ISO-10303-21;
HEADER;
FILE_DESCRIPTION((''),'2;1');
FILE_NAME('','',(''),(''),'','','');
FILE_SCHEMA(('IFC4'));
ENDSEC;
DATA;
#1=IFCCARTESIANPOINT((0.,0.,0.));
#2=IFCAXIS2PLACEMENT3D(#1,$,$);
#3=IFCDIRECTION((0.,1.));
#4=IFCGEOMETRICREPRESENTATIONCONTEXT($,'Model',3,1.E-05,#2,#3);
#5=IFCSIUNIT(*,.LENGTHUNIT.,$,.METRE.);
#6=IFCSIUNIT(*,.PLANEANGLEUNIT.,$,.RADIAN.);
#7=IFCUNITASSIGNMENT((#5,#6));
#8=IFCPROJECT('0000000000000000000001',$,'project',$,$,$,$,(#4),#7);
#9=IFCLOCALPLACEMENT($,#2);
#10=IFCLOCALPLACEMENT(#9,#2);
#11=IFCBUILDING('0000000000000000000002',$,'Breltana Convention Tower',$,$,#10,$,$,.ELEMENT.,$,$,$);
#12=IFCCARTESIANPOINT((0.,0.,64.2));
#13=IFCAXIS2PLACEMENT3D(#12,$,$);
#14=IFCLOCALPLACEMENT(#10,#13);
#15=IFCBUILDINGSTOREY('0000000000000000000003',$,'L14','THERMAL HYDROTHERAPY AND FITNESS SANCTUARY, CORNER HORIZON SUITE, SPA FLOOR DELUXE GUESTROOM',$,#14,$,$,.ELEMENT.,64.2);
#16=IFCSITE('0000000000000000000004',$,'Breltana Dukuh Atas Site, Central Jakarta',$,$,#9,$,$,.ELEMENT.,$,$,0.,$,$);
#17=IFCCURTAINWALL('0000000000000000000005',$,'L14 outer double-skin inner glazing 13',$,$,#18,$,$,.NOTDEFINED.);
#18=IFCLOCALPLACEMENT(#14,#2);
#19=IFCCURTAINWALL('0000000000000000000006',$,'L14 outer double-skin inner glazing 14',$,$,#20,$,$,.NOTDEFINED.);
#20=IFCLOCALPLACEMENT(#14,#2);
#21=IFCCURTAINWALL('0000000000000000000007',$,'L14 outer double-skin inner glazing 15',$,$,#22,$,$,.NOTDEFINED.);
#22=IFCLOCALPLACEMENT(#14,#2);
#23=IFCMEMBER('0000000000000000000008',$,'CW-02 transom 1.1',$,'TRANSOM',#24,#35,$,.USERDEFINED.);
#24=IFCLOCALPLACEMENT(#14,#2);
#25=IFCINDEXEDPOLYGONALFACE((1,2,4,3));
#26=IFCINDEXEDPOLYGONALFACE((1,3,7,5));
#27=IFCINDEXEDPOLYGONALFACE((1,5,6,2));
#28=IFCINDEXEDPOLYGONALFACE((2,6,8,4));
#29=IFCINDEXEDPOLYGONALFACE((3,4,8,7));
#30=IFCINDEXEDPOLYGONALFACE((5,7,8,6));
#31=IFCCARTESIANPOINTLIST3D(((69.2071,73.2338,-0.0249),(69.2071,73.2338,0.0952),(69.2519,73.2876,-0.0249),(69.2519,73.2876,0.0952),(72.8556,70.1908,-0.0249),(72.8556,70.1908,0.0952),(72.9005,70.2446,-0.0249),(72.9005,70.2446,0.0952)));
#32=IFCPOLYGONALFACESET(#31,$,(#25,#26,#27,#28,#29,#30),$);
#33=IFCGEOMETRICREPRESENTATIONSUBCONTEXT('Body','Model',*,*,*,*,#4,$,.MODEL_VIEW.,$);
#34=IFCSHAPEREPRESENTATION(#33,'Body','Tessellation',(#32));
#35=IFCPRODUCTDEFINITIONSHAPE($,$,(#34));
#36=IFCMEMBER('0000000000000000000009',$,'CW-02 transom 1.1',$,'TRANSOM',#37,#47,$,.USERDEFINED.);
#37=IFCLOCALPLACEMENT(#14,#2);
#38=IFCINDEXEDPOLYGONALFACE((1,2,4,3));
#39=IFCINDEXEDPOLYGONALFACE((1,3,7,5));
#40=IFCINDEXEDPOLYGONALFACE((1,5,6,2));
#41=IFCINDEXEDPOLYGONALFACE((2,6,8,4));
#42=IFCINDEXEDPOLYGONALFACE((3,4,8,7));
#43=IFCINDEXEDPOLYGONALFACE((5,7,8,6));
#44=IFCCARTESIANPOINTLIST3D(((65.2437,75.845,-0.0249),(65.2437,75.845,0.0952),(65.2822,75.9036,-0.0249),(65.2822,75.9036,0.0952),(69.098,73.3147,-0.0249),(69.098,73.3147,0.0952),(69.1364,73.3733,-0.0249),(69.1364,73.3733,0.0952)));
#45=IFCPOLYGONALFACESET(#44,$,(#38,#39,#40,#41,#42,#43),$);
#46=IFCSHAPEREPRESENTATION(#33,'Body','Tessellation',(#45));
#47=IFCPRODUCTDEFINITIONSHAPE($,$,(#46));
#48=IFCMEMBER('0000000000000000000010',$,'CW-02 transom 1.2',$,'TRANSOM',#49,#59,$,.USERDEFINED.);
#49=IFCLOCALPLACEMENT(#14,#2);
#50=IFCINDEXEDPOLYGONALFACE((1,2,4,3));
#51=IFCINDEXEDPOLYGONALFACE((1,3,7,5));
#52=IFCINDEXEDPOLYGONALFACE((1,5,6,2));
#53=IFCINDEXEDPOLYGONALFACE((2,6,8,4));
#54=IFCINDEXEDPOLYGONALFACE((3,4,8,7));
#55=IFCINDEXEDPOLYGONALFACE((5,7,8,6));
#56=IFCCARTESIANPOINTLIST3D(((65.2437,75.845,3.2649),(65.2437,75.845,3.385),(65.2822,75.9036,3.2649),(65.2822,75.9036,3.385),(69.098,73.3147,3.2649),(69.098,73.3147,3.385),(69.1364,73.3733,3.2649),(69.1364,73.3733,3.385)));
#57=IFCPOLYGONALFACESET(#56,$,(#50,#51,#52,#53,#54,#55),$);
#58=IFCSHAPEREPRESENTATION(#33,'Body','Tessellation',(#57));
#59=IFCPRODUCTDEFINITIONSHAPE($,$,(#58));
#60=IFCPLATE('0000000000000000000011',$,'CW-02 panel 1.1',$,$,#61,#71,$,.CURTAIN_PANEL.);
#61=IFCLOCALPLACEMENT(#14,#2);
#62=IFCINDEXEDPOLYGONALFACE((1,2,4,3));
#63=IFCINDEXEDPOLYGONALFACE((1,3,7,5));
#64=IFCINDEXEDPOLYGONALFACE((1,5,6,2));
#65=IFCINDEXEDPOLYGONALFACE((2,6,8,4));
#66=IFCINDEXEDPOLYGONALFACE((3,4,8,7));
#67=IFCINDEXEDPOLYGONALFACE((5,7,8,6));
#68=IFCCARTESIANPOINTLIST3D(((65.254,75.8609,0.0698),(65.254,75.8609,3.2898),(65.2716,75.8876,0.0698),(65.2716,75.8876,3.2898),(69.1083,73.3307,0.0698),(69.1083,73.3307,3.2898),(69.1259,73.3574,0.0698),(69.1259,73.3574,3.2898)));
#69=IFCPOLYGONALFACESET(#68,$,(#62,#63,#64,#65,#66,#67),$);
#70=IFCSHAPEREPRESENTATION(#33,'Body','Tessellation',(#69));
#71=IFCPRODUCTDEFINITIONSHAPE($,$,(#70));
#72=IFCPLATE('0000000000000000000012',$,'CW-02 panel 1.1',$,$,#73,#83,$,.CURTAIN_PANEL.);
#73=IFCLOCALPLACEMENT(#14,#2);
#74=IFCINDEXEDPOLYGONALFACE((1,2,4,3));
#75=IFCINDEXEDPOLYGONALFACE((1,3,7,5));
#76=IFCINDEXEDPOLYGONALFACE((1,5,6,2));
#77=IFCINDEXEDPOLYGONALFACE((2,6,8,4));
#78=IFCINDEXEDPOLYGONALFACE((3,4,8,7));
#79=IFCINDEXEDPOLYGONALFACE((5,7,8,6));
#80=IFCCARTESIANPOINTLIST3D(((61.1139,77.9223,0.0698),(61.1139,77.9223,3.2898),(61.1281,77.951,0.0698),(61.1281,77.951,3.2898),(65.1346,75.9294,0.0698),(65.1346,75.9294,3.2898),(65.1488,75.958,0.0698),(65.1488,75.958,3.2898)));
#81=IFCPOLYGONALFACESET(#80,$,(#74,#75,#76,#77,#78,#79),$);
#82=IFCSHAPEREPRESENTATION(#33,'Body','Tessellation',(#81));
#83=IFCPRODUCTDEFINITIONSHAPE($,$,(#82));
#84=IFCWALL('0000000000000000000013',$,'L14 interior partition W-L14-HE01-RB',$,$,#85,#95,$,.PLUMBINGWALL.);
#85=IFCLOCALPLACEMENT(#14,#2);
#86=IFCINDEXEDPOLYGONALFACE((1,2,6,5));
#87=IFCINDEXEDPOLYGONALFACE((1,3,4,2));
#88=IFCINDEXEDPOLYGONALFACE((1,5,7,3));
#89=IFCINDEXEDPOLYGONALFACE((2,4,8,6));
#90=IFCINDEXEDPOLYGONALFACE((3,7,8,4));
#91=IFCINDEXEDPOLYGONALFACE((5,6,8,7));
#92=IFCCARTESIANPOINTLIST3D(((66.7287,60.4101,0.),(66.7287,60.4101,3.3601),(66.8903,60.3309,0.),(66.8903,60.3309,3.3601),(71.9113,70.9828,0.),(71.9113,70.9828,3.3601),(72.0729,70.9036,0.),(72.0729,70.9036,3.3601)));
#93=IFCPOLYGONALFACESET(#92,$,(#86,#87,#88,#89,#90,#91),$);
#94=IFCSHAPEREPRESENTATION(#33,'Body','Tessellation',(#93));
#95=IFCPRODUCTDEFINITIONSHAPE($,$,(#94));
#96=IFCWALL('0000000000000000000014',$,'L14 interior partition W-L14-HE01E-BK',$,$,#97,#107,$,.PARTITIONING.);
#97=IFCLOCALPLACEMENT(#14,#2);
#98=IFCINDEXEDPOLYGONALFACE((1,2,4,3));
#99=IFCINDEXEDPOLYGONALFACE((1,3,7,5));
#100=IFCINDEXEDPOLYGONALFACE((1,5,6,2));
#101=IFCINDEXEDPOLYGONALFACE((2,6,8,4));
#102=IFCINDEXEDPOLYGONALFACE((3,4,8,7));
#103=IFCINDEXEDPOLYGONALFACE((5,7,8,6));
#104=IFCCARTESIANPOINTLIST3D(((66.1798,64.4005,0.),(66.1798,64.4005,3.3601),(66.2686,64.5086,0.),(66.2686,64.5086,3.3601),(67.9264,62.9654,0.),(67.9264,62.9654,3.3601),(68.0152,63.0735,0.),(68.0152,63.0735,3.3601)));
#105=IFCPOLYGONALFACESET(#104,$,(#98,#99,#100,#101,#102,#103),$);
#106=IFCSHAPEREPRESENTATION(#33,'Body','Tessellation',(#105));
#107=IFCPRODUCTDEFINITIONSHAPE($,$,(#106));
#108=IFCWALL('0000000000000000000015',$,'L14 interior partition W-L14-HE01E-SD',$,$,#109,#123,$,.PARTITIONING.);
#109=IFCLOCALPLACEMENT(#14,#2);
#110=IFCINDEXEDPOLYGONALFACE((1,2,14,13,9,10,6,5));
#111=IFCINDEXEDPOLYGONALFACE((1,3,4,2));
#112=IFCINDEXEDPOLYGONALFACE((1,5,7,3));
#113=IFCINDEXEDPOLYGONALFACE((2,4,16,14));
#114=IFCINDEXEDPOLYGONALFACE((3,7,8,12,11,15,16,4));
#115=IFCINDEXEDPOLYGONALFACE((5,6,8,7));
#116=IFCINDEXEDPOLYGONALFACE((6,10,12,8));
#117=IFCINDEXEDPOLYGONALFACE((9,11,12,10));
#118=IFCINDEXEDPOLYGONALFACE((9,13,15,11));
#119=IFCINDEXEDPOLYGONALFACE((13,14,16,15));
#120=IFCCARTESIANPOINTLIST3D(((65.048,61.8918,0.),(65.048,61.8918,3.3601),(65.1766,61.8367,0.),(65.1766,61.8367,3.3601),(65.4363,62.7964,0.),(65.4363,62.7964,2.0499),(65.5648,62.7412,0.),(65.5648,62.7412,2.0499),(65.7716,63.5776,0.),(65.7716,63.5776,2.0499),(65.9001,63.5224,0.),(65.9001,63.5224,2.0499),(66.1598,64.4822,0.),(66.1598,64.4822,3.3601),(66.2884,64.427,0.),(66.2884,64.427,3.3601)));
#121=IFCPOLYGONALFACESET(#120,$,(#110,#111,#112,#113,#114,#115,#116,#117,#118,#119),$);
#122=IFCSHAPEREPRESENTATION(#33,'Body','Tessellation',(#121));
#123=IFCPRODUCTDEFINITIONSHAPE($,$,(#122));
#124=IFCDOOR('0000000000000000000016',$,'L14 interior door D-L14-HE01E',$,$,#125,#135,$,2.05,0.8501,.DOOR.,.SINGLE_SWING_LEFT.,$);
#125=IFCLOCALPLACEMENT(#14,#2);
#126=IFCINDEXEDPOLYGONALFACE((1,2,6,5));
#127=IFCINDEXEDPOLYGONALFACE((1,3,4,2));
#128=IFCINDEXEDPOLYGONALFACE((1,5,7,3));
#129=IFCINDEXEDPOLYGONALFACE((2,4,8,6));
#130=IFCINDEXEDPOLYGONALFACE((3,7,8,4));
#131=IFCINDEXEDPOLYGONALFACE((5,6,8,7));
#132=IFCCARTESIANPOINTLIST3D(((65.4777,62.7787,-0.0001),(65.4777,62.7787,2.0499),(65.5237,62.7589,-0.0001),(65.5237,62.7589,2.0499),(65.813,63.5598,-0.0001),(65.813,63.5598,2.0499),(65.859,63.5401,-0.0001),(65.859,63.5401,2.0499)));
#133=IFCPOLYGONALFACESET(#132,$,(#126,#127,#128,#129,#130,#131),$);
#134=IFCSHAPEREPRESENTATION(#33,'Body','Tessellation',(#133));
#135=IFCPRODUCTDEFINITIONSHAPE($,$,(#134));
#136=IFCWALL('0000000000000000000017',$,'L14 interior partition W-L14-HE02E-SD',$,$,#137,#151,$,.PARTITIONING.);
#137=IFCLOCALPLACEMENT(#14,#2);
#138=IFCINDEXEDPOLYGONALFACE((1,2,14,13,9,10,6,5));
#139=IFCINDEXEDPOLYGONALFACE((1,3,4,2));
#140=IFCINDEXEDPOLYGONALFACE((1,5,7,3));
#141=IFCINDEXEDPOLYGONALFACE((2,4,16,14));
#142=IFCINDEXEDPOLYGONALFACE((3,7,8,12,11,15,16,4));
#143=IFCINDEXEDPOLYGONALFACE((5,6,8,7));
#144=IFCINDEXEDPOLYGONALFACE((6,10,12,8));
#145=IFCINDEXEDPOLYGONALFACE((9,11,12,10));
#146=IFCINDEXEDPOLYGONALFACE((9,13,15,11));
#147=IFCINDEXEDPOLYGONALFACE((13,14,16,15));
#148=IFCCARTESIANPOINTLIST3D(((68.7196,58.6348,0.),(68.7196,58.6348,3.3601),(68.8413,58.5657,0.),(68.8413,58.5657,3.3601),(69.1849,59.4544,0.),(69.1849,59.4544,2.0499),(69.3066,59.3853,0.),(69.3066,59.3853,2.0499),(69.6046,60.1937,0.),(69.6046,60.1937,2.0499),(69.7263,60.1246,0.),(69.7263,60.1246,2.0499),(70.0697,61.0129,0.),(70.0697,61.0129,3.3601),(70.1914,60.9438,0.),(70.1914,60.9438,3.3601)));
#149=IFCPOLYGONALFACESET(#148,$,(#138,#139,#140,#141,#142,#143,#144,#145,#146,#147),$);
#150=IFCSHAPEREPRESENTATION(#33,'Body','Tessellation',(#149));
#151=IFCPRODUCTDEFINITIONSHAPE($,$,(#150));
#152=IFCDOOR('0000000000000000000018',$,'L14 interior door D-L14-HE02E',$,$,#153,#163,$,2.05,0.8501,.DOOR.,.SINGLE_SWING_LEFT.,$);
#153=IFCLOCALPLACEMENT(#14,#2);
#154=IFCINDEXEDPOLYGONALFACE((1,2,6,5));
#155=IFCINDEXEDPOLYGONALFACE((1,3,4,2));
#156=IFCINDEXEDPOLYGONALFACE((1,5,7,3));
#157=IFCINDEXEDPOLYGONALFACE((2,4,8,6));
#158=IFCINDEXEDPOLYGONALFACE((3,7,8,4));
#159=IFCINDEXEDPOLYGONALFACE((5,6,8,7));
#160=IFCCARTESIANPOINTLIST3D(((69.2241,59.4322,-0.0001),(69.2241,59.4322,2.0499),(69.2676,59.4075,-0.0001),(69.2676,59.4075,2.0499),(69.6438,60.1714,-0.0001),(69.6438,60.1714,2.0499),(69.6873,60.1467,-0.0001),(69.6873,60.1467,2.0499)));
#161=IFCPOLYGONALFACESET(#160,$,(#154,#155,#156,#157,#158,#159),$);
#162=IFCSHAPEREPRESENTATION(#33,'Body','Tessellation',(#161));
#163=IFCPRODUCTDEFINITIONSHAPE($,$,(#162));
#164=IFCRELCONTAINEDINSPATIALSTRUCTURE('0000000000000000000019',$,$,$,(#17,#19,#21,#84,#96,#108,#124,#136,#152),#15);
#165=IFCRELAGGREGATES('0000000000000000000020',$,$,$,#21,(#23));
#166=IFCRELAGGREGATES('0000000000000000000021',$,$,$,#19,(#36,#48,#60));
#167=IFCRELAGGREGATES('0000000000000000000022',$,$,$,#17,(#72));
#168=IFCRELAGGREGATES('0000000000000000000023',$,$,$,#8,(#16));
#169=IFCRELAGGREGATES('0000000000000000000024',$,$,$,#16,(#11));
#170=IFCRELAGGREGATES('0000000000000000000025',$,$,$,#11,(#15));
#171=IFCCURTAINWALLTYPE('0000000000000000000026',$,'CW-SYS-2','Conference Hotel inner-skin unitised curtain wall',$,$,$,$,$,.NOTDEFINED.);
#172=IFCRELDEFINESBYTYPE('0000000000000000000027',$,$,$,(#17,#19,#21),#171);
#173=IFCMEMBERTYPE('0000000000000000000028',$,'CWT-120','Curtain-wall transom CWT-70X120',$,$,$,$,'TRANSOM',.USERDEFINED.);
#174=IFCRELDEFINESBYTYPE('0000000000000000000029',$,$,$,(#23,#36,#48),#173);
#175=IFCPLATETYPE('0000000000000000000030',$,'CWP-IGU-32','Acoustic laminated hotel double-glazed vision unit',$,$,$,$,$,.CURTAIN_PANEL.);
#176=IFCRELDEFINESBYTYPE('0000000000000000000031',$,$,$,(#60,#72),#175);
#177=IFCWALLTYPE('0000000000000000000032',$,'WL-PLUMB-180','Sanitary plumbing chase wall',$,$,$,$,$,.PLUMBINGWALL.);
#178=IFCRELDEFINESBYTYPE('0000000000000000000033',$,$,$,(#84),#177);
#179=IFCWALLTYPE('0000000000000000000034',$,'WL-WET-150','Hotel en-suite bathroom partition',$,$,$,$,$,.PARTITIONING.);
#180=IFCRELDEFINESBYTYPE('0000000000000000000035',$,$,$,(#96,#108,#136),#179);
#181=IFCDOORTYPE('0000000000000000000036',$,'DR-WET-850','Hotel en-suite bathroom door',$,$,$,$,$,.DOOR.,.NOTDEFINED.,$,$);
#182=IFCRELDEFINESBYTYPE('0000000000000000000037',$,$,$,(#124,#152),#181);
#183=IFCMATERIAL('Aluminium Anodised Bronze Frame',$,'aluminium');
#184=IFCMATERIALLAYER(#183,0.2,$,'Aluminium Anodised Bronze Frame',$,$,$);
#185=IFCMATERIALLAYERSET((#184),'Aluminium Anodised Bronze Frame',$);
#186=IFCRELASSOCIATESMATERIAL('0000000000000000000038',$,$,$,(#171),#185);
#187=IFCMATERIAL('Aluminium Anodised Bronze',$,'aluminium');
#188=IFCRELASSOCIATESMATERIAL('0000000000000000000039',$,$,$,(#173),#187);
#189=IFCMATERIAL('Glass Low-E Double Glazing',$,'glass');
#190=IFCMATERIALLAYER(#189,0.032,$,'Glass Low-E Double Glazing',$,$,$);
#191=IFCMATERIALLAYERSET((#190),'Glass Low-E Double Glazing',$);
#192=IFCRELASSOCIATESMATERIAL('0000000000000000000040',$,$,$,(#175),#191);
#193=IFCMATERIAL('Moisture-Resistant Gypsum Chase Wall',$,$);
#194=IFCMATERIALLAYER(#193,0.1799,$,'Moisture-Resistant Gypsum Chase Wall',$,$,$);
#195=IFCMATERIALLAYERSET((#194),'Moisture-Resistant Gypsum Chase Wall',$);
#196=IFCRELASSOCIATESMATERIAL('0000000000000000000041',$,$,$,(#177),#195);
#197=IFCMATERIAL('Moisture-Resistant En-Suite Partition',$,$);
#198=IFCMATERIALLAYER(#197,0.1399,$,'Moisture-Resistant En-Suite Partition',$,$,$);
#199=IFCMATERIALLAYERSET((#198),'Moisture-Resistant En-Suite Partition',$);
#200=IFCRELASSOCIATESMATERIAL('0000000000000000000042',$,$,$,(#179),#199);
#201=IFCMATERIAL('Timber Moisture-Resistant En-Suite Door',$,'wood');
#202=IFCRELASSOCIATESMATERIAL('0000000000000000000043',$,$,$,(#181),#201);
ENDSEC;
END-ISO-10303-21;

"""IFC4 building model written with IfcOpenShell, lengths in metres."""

from ifc_helpers import new_model, si_unit, direction, frame, frame_2d, origin, origin_2d, place, context, subcontext, project, spatial, rectangle, extrude, source, transform, mapped, material, layer, layer_set, material_profile, profile_set, type_object, type_shapes, element, fill, aggregate, save


model = new_model("IFC4")

# Units and contexts
model_context = context("Model", 3, precision=1e-05, world=origin(), true_north=direction((0.0, 1.0)))
body_context = subcontext(model_context, "Body", "Model", "MODEL_VIEW")
ifc_project = project(units=[si_unit("LENGTHUNIT", "METRE"), si_unit("PLANEANGLEUNIT", "RADIAN")], contexts=[model_context])

# Site, building, storey
site_placement = place(None, origin())
site = spatial("IfcSite", under=ifc_project, at=site_placement, Name="Breltana Dukuh Atas Site, Central Jakarta", CompositionType="ELEMENT", RefElevation=0.0)
building_placement = place(site_placement, origin())
building = spatial("IfcBuilding", under=site, at=building_placement, Name="Breltana Convention Tower", CompositionType="ELEMENT")
storey_placement = place(building_placement, frame((0.0, 0.0, 64.2)))
storey = spatial("IfcBuildingStorey", under=building, at=storey_placement, Name="L14", Description="THERMAL HYDROTHERAPY AND FITNESS SANCTUARY, CORNER HORIZON SUITE, SPA FLOOR DELUXE GUESTROOM", CompositionType="ELEMENT", Elevation=64.2)

# Curtain wall
ifc_material_1 = material(Name="Aluminium Anodised Bronze Frame", Category="aluminium")
ifc_layer_1 = layer(ifc_material_1, 0.2, Name="Aluminium Anodised Bronze Frame")
ifc_layer_set_1 = layer_set([ifc_layer_1], Name="Aluminium Anodised Bronze Frame")
curtain_wall_type = type_object("IfcCurtainWallType", Name="CW-SYS-2", Description="Conference Hotel inner-skin unitised curtain wall", PredefinedType="NOTDEFINED", material=ifc_layer_set_1)
curtain_wall_1_placement = place(storey_placement, origin())
curtain_wall_1 = element("IfcCurtainWall", 1, at=curtain_wall_1_placement, inside=storey, type_object=curtain_wall_type, Name="L14 outer double-skin inner glazing 13", PredefinedType="NOTDEFINED")
ifc_material_2 = material(Name="Aluminium Anodised Bronze", Category="aluminium")

# Curtain walls, member
curtain_wall_2_placement = place(storey_placement, origin())
curtain_wall_2 = element("IfcCurtainWall", 2, at=curtain_wall_2_placement, inside=storey, type_object=curtain_wall_type, Name="L14 outer double-skin inner glazing 14", PredefinedType="NOTDEFINED")
curtain_wall_3_placement = place(storey_placement, origin())
curtain_wall_3 = element("IfcCurtainWall", 3, at=curtain_wall_3_placement, inside=storey, type_object=curtain_wall_type, Name="L14 outer double-skin inner glazing 15", PredefinedType="NOTDEFINED")
ifc_material_profile_1 = material_profile(ifc_material_2, rectangle(XDim=0.0701, YDim=0.1201, at=origin_2d()), Name="CWT-70X120")
ifc_profile_set_1 = profile_set([ifc_material_profile_1], Name="Aluminium Anodised Bronze")
member_type_1 = type_object("IfcMemberType", Name="CWT-120", Description="Curtain-wall transom CWT-70X120", ElementType="TRANSOM", PredefinedType="USERDEFINED", material=ifc_profile_set_1)
shared_shape_1 = source(origin(), body_context, "Body", "SweptSolid", [
    extrude(rectangle(XDim=0.0701, YDim=0.1201, at=origin_2d()), origin(), (0.0, 0.0, 1.0), 4.751),
])
member_1_placement = place(storey_placement, frame((69.2295, 73.2607, 0.0352), z_axis=(0.767952, -0.640508, 0.0), x_axis=(0.640508, 0.767952, 0.0)))
member_1 = element("IfcMember", 4, at=member_1_placement, type_object=member_type_1, Name="CW-02 transom 1.1", ObjectType="TRANSOM", PredefinedType="USERDEFINED", context=body_context, shape_type="MappedRepresentation", body=[
    mapped(shared_shape_1, transform((0.0, 0.0, 0.0), scale=1.0)),
])
aggregate(curtain_wall_3, [member_1])

# Members
shared_shape_2 = source(origin(), body_context, "Body", "SweptSolid", [
    extrude(rectangle(XDim=0.0701, YDim=0.1201, at=origin_2d()), origin(), (0.0, 0.0, 1.0), 4.6106),
])
member_2_placement = place(storey_placement, frame((65.2629, 75.8743, 0.0352), z_axis=(0.835956, -0.548796, 0.0), x_axis=(0.548796, 0.835956, 0.0)))
member_2 = element("IfcMember", 5, at=member_2_placement, type_object=member_type_1, Name="CW-02 transom 1.1", ObjectType="TRANSOM", PredefinedType="USERDEFINED", context=body_context, shape_type="MappedRepresentation", body=[
    mapped(shared_shape_2, transform((0.0, 0.0, 0.0), scale=1.0)),
])
member_3_placement = place(storey_placement, frame((65.2629, 75.8743, 3.325), z_axis=(0.835956, -0.548796, 0.0), x_axis=(0.548796, 0.835956, 0.0)))
member_3 = element("IfcMember", 6, at=member_3_placement, type_object=member_type_1, Name="CW-02 transom 1.2", ObjectType="TRANSOM", PredefinedType="USERDEFINED", context=body_context, shape_type="MappedRepresentation", body=[
    mapped(shared_shape_2, transform((0.0, 0.0, 0.0), scale=1.0)),
])

# Plates
ifc_material_3 = material(Name="Glass Low-E Double Glazing", Category="glass")
ifc_layer_2 = layer(ifc_material_3, 0.032, Name="Glass Low-E Double Glazing")
ifc_layer_set_2 = layer_set([ifc_layer_2], Name="Glass Low-E Double Glazing")
plate_type = type_object("IfcPlateType", Name="CWP-IGU-32", Description="Acoustic laminated hotel double-glazed vision unit", PredefinedType="CURTAIN_PANEL", material=ifc_layer_set_2)
shared_shape_3 = source(origin(), body_context, "Body", "SweptSolid", [
    extrude(rectangle(XDim=4.6106, YDim=0.032, at=origin_2d()), origin(), (0.0, 0.0, 1.0), 3.22),
])
plate_1_placement = place(storey_placement, frame((67.1899, 74.6091, 0.0698), z_axis=(0.0, 0.0, 1.0), x_axis=(0.835964, -0.548784, 0.0)))
plate_1 = element("IfcPlate", 7, at=plate_1_placement, type_object=plate_type, Name="CW-02 panel 1.1", PredefinedType="CURTAIN_PANEL", context=body_context, shape_type="MappedRepresentation", body=[
    mapped(shared_shape_3, transform((0.0, 0.0, 0.0), scale=1.0)),
])
aggregate(curtain_wall_2, [member_2, member_3, plate_1])
shared_shape_4 = source(origin(), body_context, "Body", "SweptSolid", [
    extrude(rectangle(XDim=4.4875, YDim=0.032, at=origin_2d()), origin(), (0.0, 0.0, 1.0), 3.22),
])
plate_2_placement = place(storey_placement, frame((63.1313, 76.9402, 0.0698), z_axis=(0.0, 0.0, 1.0), x_axis=(0.895973, -0.444108, 0.0)))
plate_2 = element("IfcPlate", 8, at=plate_2_placement, type_object=plate_type, Name="CW-02 panel 1.1", PredefinedType="CURTAIN_PANEL", context=body_context, shape_type="MappedRepresentation", body=[
    mapped(shared_shape_4, transform((0.0, 0.0, 0.0), scale=1.0)),
])
aggregate(curtain_wall_1, [plate_2])

# Walls
ifc_material_4 = material(Name="Moisture-Resistant Gypsum Chase Wall")
ifc_layer_3 = layer(ifc_material_4, 0.1799, Name="Moisture-Resistant Gypsum Chase Wall")
ifc_layer_set_3 = layer_set([ifc_layer_3], Name="Moisture-Resistant Gypsum Chase Wall")
wall_type_1 = type_object("IfcWallType", Name="WL-PLUMB-180", Description="Sanitary plumbing chase wall", PredefinedType="PLUMBINGWALL", material=ifc_layer_set_3)
shared_shape_5 = source(origin(), body_context, "Body", "SweptSolid", [
    extrude(rectangle(XDim=11.7747, YDim=0.1799, at=frame_2d((5.8872, 0.0))), origin(), (0.0, 0.0, 1.0), 3.3601),
])
wall_1_placement = place(storey_placement, frame((66.8096, 60.3706, 0.0), z_axis=(0.0, 0.0, 1.0), x_axis=(0.44015, 0.897924, 0.0)))
element("IfcWall", 9, at=wall_1_placement, inside=storey, type_object=wall_type_1, Name="L14 interior partition W-L14-HE01-RB", PredefinedType="PLUMBINGWALL", context=body_context, shape_type="MappedRepresentation", body=[
    mapped(shared_shape_5, transform((0.0, 0.0, 0.0), scale=1.0)),
])
ifc_material_5 = material(Name="Moisture-Resistant En-Suite Partition")
ifc_layer_4 = layer(ifc_material_5, 0.1399, Name="Moisture-Resistant En-Suite Partition")
ifc_layer_set_4 = layer_set([ifc_layer_4], Name="Moisture-Resistant En-Suite Partition")
wall_type_2 = type_object("IfcWallType", Name="WL-WET-150", Description="Hotel en-suite bathroom partition", PredefinedType="PARTITIONING", material=ifc_layer_set_4)
shared_shape_6 = source(origin(), body_context, "Body", "SweptSolid", [
    extrude(rectangle(XDim=2.2605, YDim=0.1399, at=frame_2d((1.1304, 0.0))), origin(), (0.0, 0.0, 1.0), 3.3601),
])
wall_2_placement = place(storey_placement, frame((66.2241, 64.4546, 0.0), z_axis=(0.0, 0.0, 1.0), x_axis=(0.772647, -0.634836, 0.0)))
element("IfcWall", 10, at=wall_2_placement, inside=storey, type_object=wall_type_2, Name="L14 interior partition W-L14-HE01E-BK", PredefinedType="PARTITIONING", context=body_context, shape_type="MappedRepresentation", body=[
    mapped(shared_shape_6, transform((0.0, 0.0, 0.0), scale=1.0)),
])

# Walls, openings, doors
shared_shape_7 = source(origin(), body_context, "Body", "SweptSolid", [
    extrude(rectangle(XDim=2.8188, YDim=0.1399, at=frame_2d((1.4094, 0.0))), origin(), (0.0, 0.0, 1.0), 3.3601),
])
wall_3_placement = place(storey_placement, frame((65.1123, 61.8643, 0.0), z_axis=(0.0, 0.0, 1.0), x_axis=(0.394421, 0.91893, 0.0)))
wall_3 = element("IfcWall", 11, at=wall_3_placement, inside=storey, type_object=wall_type_2, Name="L14 interior partition W-L14-HE01E-SD", PredefinedType="PARTITIONING", context=body_context, shape_type="MappedRepresentation", body=[
    mapped(shared_shape_7, transform((0.0, 0.0, 0.0), scale=1.0)),
])
opening_1_placement = place(wall_3_placement, frame((0.9844, 0.0, 0.0)))
opening_1 = element("IfcOpeningElement", 12, at=opening_1_placement, cuts=wall_3, PredefinedType="OPENING", context=body_context, shape_type="SweptSolid", body=[
    extrude(rectangle(XDim=0.8501, YDim=2.05, at=frame_2d((0.425, 1.0249))), frame((0.0, 0.0801, 0.0), z_axis=(0.0, -1.0, 0.0), x_axis=(1.0, 0.0, 0.0)), (0.0, 0.0, 1.0), 0.1599),
])
ifc_material_6 = material(Name="Timber Moisture-Resistant En-Suite Door", Category="wood")
door_type_1 = type_object("IfcDoorType", Name="DR-WET-850", Description="Hotel en-suite bathroom door", OperationType="NOTDEFINED", PredefinedType="DOOR", material=ifc_material_6)
shared_shape_8 = source(origin(), body_context, "Body", "SweptSolid", [
    extrude(rectangle(XDim=0.8501, YDim=2.05, at=frame_2d((0.425, 1.0249))), frame((0.0, 0.0249, 0.0), z_axis=(0.0, -1.0, 0.0), x_axis=(1.0, 0.0, 0.0)), (0.0, 0.0, 1.0), 0.05),
])
type_shapes(door_type_1, [shared_shape_8])
door_1_placement = place(opening_1_placement, origin())
door_1 = element("IfcDoor", 13, at=door_1_placement, inside=storey, type_object=door_type_1, Name="L14 interior door D-L14-HE01E", OperationType="SINGLE_SWING_LEFT", OverallHeight=2.05, OverallWidth=0.8501, PredefinedType="DOOR", context=body_context, shape_type="MappedRepresentation", body=[
    mapped(shared_shape_8, transform((0.0, 0.0, 0.0), scale=1.0)),
])
fill(opening_1, door_1)
shared_shape_9 = source(origin(), body_context, "Body", "SweptSolid", [
    extrude(rectangle(XDim=2.7346, YDim=0.1399, at=frame_2d((1.3672, 0.0))), origin(), (0.0, 0.0, 1.0), 3.3601),
])
wall_4_placement = place(storey_placement, frame((68.7805, 58.6003, 0.0), z_axis=(0.0, 0.0, 1.0), x_axis=(0.493695, 0.869635, 0.0)))
wall_4 = element("IfcWall", 14, at=wall_4_placement, inside=storey, type_object=wall_type_2, Name="L14 interior partition W-L14-HE02E-SD", PredefinedType="PARTITIONING", context=body_context, shape_type="MappedRepresentation", body=[
    mapped(shared_shape_9, transform((0.0, 0.0, 0.0), scale=1.0)),
])
opening_2_placement = place(wall_4_placement, frame((0.9424, 0.0, 0.0)))
opening_2 = element("IfcOpeningElement", 15, at=opening_2_placement, cuts=wall_4, PredefinedType="OPENING", context=body_context, shape_type="SweptSolid", body=[
    extrude(rectangle(XDim=0.8501, YDim=2.05, at=frame_2d((0.425, 1.0249))), frame((0.0, 0.0801, 0.0), z_axis=(0.0, -1.0, 0.0), x_axis=(1.0, 0.0, 0.0)), (0.0, 0.0, 1.0), 0.1599),
])
door_2_placement = place(opening_2_placement, origin())
door_2 = element("IfcDoor", 16, at=door_2_placement, inside=storey, type_object=door_type_1, Name="L14 interior door D-L14-HE02E", OperationType="SINGLE_SWING_LEFT", OverallHeight=2.05, OverallWidth=0.8501, PredefinedType="DOOR", context=body_context, shape_type="MappedRepresentation", body=[
    mapped(shared_shape_8, transform((0.0, 0.0, 0.0), scale=1.0)),
])
fill(opening_2, door_2)

save(model, "model.ifc")
